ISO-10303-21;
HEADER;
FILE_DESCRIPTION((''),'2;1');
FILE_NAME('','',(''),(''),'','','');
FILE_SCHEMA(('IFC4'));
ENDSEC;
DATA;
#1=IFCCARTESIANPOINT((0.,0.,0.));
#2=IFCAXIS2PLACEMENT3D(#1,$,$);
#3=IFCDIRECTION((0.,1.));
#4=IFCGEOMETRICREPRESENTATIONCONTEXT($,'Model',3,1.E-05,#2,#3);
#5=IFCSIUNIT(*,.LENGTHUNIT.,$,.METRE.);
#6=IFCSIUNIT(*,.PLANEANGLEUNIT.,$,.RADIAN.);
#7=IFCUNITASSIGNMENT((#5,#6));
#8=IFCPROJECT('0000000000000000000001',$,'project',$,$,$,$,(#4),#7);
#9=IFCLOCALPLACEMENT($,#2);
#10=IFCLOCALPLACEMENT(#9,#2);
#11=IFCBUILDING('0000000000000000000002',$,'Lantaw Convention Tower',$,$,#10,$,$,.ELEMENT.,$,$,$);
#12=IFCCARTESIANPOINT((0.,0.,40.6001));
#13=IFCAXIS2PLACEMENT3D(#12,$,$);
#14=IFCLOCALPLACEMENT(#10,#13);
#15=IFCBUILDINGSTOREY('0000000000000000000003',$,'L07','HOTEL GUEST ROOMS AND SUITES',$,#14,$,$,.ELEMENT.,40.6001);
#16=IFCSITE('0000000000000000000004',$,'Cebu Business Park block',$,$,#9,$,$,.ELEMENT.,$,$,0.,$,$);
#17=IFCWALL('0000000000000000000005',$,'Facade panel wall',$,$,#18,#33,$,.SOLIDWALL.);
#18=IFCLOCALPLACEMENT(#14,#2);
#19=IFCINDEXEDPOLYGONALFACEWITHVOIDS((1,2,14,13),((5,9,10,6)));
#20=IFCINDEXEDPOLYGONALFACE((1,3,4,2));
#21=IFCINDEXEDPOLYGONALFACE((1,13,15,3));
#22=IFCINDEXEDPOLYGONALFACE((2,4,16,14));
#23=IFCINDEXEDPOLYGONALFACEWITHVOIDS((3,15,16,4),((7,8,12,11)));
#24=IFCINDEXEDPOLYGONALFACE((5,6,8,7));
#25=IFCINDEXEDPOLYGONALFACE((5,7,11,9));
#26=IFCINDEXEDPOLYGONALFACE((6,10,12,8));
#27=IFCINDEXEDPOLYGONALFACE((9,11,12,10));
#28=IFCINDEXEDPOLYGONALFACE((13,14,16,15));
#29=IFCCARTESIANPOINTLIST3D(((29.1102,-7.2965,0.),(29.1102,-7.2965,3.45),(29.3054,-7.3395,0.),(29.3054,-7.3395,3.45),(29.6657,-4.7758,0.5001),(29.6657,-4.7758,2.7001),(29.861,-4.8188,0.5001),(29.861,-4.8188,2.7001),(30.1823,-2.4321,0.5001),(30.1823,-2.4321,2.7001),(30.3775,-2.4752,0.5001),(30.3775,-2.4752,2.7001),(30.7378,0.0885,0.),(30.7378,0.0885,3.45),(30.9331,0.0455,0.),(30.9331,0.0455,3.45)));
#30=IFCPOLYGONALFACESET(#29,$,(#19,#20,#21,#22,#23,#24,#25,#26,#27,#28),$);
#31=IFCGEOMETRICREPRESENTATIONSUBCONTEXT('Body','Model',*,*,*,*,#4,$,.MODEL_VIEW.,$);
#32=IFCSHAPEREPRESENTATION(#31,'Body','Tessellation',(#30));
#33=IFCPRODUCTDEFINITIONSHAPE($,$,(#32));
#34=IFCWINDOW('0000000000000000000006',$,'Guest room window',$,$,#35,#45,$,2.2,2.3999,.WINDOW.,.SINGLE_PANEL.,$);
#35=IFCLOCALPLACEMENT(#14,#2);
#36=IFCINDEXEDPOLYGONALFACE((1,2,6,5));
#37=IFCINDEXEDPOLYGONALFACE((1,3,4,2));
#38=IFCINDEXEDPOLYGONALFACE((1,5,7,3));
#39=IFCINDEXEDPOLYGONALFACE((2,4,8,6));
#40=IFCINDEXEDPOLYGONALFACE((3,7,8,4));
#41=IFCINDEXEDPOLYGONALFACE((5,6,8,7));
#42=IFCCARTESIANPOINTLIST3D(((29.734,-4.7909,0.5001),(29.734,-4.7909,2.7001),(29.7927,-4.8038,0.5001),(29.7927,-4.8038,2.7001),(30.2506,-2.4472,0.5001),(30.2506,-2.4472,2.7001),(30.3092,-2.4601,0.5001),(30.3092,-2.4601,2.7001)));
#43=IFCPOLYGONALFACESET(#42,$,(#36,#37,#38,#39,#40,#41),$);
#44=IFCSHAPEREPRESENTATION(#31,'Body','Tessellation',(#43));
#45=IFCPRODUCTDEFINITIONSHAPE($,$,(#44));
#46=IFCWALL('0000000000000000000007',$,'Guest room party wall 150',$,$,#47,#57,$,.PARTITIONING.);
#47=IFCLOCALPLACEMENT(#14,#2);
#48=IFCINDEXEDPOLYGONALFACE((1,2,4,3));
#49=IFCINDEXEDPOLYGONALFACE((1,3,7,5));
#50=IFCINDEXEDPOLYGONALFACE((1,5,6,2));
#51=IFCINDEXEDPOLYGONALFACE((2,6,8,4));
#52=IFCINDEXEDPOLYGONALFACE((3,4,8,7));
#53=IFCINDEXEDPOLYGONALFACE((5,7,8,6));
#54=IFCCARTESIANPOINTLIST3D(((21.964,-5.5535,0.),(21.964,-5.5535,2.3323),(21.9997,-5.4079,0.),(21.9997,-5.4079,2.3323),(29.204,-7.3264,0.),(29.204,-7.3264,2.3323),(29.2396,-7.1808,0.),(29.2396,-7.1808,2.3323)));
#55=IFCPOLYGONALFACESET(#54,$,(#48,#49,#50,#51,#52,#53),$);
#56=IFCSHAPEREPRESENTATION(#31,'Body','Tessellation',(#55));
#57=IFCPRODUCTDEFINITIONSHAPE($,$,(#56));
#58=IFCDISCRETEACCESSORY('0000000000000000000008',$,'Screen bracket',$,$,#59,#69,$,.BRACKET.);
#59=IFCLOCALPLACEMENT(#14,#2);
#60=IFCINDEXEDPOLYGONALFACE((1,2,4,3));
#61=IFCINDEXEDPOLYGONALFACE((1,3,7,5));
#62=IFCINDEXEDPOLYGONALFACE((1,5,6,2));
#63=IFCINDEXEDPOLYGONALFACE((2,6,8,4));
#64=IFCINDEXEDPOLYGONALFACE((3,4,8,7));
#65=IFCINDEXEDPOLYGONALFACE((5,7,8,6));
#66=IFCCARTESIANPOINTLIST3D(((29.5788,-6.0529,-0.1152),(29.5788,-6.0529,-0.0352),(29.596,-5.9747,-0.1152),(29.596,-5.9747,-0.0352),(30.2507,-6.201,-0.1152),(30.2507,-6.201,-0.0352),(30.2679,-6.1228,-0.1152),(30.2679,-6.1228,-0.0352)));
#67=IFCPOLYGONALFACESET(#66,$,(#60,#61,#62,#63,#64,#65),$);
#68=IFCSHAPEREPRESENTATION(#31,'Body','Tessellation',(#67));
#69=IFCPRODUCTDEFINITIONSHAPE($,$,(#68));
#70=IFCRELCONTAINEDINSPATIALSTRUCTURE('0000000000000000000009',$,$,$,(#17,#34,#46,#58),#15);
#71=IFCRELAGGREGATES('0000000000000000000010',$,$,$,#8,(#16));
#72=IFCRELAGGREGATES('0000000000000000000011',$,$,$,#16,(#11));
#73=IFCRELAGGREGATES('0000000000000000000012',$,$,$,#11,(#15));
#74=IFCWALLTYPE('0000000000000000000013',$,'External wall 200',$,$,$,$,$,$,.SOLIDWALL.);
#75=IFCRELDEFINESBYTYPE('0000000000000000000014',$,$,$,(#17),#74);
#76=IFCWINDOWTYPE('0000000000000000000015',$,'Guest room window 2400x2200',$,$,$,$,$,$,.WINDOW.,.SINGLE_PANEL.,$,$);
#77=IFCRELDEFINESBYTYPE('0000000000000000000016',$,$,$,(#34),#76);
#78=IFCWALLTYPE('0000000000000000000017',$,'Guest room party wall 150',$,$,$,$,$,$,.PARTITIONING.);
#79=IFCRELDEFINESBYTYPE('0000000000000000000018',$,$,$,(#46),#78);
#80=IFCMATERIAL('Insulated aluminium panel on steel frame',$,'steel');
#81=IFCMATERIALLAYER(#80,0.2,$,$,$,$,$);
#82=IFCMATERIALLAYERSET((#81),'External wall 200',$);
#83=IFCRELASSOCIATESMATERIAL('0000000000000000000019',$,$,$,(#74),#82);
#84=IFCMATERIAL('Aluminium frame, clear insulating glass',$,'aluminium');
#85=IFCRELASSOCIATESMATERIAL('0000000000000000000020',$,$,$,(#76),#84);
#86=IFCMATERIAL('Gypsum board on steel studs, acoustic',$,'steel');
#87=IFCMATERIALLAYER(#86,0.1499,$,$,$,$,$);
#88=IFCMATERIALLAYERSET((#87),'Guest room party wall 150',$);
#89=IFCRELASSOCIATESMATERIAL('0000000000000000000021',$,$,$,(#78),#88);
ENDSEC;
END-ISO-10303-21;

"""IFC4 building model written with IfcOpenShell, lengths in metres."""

from ifc_helpers import new_model, si_unit, direction, frame, frame_2d, origin, origin_2d, place, context, subcontext, project, spatial, rectangle, extrude, material, layer, layer_set, type_object, element, fill, save


model = new_model("IFC4")

# Units and contexts
model_context = context("Model", 3, precision=1e-05, world=origin(), true_north=direction((0.0, 1.0)))
body_context = subcontext(model_context, "Body", "Model", "MODEL_VIEW")
ifc_project = project(units=[si_unit("LENGTHUNIT", "METRE"), si_unit("PLANEANGLEUNIT", "RADIAN")], contexts=[model_context])

# Site, building, storey
site_placement = place(None, origin())
site = spatial("IfcSite", under=ifc_project, at=site_placement, Name="Cebu Business Park block", CompositionType="ELEMENT", RefElevation=0.0)
building_placement = place(site_placement, origin())
building = spatial("IfcBuilding", under=site, at=building_placement, Name="Lantaw Convention Tower", CompositionType="ELEMENT")
storey_placement = place(building_placement, frame((0.0, 0.0, 40.6001)))
storey = spatial("IfcBuildingStorey", under=building, at=storey_placement, Name="L07", Description="HOTEL GUEST ROOMS AND SUITES", CompositionType="ELEMENT", Elevation=40.6001)

# Wall, opening, window
ifc_material_1 = material(Name="Insulated aluminium panel on steel frame", Category="steel")
ifc_layer_1 = layer(ifc_material_1, 0.2)
ifc_layer_set_1 = layer_set([ifc_layer_1], Name="External wall 200")
wall_type_1 = type_object("IfcWallType", Name="External wall 200", PredefinedType="SOLIDWALL", material=ifc_layer_set_1)
ifc_material_2 = material(Name="Aluminium frame, clear insulating glass", Category="aluminium")
window_type = type_object("IfcWindowType", Name="Guest room window 2400x2200", PartitioningType="SINGLE_PANEL", PredefinedType="WINDOW", material=ifc_material_2)
wall_1_placement = place(storey_placement, frame((29.2078, -7.3181, 0.0), z_axis=(0.0, 0.0, 1.0), x_axis=(0.215238, 0.976562, 0.0)))
wall_1 = element("IfcWall", 1, at=wall_1_placement, inside=storey, type_object=wall_type_1, Name="Facade panel wall", PredefinedType="SOLIDWALL", context=body_context, shape_type="SweptSolid", body=[
    extrude(rectangle(XDim=7.5623, YDim=0.2, at=frame_2d((3.7812, 0.0))), origin(), (0.0, 0.0, 1.0), 3.45),
])
opening_1_placement = place(wall_1_placement, frame((2.5813, 0.0, 0.5)))
opening_1 = element("IfcOpeningElement", 2, at=opening_1_placement, cuts=wall_1, PredefinedType="OPENING", context=body_context, shape_type="SweptSolid", body=[
    extrude(rectangle(XDim=2.3999, YDim=2.2, at=frame_2d((1.2, 1.1001))), frame((0.0, 0.1099, 0.0), z_axis=(0.0, -1.0, 0.0), x_axis=(1.0, 0.0, 0.0)), (0.0, 0.0, 1.0), 0.22),
])
window_1_placement = place(opening_1_placement, origin())
window_1 = element("IfcWindow", 3, at=window_1_placement, inside=storey, type_object=window_type, Name="Guest room window", OverallHeight=2.2, OverallWidth=2.3999, PartitioningType="SINGLE_PANEL", PredefinedType="WINDOW", context=body_context, shape_type="SweptSolid", body=[
    extrude(rectangle(XDim=2.3999, YDim=2.2, at=frame_2d((1.2, 1.1001))), frame((0.0, 0.03, 0.0), z_axis=(0.0, -1.0, 0.0), x_axis=(1.0, 0.0, 0.0)), (0.0, 0.0, 1.0), 0.0601),
])
fill(opening_1, window_1)

# Wall
ifc_material_3 = material(Name="Gypsum board on steel studs, acoustic", Category="steel")
ifc_layer_2 = layer(ifc_material_3, 0.1499)
ifc_layer_set_2 = layer_set([ifc_layer_2], Name="Guest room party wall 150")
wall_type_2 = type_object("IfcWallType", Name="Guest room party wall 150", PredefinedType="PARTITIONING", material=ifc_layer_set_2)
wall_2_placement = place(storey_placement, frame((29.2219, -7.2537, 0.0), z_axis=(0.0, 0.0, 1.0), x_axis=(-0.971301, 0.237855, 0.0)))
element("IfcWall", 4, at=wall_2_placement, inside=storey, type_object=wall_type_2, Name="Guest room party wall 150", PredefinedType="PARTITIONING", context=body_context, shape_type="SweptSolid", body=[
    extrude(rectangle(XDim=7.4539, YDim=0.1499, at=frame_2d((3.7271, 0.0))), origin(), (0.0, 0.0, 1.0), 2.3323),
])

# Discrete accessory
discrete_accessory_placement = place(storey_placement, frame((29.9233, -6.0879, -0.1152), z_axis=(0.0, 0.0, 1.0), x_axis=(0.215246, 0.97656, 0.0)))
element("IfcDiscreteAccessory", 5, at=discrete_accessory_placement, inside=storey, Name="Screen bracket", PredefinedType="BRACKET", context=body_context, shape_type="SweptSolid", body=[
    extrude(rectangle(XDim=0.0801, YDim=0.688, at=origin_2d()), origin(), (0.0, 0.0, 1.0), 0.0801),
])

save(model, "model.ifc")
